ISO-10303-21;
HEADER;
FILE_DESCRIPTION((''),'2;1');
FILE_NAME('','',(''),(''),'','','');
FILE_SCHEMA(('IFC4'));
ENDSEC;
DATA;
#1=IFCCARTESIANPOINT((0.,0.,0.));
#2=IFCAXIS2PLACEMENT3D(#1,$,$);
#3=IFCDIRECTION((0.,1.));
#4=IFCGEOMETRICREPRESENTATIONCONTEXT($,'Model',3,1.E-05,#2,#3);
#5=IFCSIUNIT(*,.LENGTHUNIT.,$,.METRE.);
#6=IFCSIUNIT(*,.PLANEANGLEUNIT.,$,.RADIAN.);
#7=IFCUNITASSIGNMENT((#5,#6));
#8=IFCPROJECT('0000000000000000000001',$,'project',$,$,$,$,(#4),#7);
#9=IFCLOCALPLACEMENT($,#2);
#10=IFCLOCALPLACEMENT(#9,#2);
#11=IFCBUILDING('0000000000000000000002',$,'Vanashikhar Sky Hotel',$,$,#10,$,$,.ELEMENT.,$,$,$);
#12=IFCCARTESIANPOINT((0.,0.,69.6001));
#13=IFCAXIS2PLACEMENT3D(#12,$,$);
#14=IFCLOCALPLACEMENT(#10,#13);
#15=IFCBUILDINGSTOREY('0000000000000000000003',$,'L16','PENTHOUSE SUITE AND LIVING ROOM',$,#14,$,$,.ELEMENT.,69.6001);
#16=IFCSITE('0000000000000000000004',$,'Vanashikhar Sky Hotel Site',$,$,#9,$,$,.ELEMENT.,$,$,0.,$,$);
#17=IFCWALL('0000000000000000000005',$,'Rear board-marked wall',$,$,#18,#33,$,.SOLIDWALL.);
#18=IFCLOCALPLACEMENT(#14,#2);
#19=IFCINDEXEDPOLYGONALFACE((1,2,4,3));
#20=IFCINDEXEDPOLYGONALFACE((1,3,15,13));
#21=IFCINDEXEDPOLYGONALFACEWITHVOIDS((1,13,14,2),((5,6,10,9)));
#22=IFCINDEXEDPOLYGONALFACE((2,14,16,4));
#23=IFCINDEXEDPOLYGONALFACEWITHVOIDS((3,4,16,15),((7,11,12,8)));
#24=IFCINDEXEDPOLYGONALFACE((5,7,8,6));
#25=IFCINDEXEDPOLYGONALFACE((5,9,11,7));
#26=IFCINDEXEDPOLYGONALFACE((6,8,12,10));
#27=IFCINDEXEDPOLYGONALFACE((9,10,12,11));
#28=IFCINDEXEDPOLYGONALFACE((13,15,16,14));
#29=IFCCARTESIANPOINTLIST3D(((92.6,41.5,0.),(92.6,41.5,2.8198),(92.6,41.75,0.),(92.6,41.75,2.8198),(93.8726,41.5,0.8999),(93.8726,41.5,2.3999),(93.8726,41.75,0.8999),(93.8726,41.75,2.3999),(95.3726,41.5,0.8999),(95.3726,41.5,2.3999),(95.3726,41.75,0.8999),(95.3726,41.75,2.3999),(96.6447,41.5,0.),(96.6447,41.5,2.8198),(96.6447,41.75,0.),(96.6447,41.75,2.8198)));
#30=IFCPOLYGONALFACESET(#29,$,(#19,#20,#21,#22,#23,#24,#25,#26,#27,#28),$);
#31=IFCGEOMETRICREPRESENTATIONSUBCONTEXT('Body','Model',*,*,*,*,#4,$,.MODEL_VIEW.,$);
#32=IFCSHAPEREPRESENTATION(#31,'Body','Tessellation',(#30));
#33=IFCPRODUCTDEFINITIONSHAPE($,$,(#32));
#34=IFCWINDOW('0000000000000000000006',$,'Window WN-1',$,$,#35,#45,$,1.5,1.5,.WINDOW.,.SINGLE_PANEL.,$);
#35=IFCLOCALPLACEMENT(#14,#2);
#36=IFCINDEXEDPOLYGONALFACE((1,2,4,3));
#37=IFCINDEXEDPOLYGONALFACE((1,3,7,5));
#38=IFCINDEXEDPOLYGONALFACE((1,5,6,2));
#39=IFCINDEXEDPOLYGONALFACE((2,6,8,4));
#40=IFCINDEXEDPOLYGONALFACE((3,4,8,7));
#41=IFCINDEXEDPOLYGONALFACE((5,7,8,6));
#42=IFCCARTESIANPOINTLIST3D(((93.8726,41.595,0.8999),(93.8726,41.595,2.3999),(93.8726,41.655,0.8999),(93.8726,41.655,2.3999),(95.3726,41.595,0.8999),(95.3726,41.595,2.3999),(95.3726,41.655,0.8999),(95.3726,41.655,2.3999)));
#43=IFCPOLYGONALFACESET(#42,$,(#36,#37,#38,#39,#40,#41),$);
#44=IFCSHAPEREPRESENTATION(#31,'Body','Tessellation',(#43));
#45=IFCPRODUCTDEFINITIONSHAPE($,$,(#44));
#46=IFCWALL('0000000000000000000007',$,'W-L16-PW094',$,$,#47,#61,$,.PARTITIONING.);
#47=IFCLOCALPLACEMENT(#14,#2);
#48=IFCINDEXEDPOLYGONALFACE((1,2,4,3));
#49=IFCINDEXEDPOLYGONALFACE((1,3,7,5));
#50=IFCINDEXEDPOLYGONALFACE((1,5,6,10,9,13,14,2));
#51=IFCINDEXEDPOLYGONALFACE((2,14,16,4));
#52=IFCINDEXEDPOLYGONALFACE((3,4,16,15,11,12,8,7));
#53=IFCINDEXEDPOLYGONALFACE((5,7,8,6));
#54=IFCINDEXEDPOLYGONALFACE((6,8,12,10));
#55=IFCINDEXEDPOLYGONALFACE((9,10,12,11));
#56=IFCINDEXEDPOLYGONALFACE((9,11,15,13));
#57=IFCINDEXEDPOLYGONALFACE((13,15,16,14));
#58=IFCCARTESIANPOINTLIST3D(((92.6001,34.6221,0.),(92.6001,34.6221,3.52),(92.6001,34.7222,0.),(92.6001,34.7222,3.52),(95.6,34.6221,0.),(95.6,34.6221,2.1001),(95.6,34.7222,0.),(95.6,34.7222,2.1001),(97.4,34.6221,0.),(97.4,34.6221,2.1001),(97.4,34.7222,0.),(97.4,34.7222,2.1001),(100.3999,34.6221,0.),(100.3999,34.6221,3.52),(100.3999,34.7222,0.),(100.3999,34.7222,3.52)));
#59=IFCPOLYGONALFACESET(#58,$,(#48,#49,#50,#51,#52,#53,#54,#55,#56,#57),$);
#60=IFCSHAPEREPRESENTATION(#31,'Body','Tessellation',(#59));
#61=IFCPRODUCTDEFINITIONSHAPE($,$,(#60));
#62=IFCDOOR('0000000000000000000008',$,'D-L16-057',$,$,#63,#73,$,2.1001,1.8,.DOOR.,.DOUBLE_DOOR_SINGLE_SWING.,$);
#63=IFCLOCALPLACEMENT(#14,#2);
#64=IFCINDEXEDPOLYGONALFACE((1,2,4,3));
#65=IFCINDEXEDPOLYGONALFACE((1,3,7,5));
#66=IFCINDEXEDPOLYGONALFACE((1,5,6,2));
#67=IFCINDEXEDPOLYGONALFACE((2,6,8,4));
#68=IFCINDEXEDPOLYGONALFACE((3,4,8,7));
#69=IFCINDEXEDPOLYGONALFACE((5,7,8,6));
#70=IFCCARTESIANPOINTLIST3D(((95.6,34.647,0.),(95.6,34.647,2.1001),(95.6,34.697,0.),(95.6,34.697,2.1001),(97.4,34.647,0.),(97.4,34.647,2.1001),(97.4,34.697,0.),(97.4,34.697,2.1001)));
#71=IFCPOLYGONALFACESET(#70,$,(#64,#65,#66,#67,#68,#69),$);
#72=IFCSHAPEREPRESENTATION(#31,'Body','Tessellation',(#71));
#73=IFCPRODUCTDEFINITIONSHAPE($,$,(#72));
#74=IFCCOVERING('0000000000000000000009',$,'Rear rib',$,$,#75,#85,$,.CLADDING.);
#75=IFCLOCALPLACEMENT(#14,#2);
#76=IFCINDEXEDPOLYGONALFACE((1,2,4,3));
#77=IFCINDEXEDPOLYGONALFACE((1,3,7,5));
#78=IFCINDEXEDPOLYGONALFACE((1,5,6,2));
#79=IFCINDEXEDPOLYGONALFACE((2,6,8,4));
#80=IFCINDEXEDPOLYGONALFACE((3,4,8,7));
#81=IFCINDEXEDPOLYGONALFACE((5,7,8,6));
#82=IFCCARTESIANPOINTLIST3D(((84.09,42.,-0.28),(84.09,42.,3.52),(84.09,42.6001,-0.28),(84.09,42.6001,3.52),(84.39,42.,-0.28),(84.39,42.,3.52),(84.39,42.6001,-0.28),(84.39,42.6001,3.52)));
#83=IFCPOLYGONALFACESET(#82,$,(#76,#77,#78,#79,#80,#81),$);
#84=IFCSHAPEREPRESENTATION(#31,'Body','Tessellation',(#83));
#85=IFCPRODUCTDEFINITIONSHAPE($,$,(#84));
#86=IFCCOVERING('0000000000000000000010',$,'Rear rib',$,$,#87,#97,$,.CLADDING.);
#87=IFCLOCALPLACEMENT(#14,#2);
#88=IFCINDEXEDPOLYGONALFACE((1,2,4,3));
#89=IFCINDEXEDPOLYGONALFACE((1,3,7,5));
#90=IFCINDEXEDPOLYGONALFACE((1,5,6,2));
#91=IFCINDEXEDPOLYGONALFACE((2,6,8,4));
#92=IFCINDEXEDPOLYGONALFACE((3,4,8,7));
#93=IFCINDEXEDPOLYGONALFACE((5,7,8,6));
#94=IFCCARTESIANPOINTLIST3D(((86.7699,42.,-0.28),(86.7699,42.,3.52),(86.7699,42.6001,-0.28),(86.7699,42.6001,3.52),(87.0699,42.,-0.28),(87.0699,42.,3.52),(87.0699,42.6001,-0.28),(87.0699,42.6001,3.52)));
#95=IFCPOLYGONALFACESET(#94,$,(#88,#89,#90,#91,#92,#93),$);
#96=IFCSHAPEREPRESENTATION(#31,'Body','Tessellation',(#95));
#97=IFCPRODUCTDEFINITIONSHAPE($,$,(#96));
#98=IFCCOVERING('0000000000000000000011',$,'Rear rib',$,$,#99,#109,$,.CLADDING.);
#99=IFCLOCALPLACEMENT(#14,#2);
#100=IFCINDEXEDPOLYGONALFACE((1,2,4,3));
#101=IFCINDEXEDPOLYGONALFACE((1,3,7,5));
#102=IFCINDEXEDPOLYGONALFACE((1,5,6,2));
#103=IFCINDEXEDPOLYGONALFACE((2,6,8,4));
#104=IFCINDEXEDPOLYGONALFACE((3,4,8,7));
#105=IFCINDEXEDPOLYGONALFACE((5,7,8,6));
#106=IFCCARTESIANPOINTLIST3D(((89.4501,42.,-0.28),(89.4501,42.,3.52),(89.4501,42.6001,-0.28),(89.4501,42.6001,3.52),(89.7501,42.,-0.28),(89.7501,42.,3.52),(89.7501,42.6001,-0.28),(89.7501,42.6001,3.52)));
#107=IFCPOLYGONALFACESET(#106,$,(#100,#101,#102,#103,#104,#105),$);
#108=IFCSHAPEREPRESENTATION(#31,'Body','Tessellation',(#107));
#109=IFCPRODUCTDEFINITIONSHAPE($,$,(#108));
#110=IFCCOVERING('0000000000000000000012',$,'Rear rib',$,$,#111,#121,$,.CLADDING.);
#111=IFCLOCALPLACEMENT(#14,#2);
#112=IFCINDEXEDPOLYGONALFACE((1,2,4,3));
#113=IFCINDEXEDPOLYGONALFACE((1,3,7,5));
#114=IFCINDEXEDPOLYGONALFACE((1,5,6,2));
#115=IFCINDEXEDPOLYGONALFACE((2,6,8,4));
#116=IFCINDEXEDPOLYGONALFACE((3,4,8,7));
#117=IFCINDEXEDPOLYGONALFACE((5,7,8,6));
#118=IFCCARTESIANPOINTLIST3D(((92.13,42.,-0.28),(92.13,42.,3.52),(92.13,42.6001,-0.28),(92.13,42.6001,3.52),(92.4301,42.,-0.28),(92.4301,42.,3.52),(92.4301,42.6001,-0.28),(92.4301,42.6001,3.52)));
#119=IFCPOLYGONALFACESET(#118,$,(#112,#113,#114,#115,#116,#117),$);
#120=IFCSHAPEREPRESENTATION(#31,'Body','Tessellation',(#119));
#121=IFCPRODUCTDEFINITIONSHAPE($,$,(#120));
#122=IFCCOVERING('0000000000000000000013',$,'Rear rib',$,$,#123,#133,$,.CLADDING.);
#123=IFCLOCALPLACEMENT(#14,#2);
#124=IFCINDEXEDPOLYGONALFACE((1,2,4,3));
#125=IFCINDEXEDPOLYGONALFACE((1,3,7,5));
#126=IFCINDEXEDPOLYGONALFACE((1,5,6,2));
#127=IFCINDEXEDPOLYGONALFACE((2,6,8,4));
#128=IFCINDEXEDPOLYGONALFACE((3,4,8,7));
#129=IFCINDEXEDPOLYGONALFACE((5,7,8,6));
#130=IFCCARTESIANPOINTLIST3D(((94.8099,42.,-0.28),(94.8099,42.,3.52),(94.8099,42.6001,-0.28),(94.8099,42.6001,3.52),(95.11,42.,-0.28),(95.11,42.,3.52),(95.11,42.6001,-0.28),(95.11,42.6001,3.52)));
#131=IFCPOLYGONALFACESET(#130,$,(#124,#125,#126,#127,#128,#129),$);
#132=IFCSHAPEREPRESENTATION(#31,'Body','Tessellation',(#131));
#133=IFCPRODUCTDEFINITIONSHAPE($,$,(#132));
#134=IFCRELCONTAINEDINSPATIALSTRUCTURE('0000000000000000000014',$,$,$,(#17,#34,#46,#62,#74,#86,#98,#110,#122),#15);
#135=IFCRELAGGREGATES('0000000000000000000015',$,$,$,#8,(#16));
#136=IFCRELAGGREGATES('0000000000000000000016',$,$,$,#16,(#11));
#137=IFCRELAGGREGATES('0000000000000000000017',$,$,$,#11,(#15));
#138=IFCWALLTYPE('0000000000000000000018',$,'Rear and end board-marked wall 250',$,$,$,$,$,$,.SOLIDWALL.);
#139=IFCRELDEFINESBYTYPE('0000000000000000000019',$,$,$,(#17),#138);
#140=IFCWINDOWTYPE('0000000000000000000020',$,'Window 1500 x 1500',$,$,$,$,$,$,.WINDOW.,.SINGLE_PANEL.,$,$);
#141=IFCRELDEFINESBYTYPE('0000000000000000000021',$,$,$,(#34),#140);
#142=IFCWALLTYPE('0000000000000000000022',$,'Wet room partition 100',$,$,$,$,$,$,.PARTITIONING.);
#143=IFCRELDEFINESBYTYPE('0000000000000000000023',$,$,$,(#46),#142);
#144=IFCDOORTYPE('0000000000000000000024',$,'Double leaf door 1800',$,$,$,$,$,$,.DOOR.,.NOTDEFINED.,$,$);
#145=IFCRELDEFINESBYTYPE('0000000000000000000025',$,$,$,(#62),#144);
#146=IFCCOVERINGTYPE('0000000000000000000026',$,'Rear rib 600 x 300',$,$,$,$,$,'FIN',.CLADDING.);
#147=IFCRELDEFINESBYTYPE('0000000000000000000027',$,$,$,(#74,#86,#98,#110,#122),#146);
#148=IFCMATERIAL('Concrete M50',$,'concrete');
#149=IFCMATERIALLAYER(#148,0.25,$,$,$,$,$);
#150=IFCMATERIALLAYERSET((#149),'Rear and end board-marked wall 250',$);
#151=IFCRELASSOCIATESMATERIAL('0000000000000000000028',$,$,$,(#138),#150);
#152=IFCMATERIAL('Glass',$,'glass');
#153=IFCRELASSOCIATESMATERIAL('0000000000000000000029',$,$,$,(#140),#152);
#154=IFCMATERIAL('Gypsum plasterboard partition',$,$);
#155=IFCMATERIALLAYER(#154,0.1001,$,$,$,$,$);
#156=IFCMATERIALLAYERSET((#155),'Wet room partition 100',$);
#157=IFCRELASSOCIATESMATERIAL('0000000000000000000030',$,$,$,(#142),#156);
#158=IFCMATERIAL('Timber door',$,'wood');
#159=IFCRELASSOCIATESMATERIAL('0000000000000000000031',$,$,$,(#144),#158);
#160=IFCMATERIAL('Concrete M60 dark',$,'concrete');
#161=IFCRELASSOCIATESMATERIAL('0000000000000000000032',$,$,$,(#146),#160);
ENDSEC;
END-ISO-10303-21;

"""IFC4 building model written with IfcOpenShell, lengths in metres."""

from ifc_helpers import new_model, si_unit, direction, frame, frame_2d, origin, origin_2d, place, context, subcontext, project, spatial, rectangle, extrude, source, transform, mapped, material, layer, layer_set, material_profile, profile_set, type_object, element, fill, save


model = new_model("IFC4")

# Units and contexts
model_context = context("Model", 3, precision=1e-05, world=origin(), true_north=direction((0.0, 1.0)))
body_context = subcontext(model_context, "Body", "Model", "MODEL_VIEW")
ifc_project = project(units=[si_unit("LENGTHUNIT", "METRE"), si_unit("PLANEANGLEUNIT", "RADIAN")], contexts=[model_context])

# Site, building, storey
site_placement = place(None, origin())
site = spatial("IfcSite", under=ifc_project, at=site_placement, Name="Vanashikhar Sky Hotel Site", CompositionType="ELEMENT", RefElevation=0.0)
building_placement = place(site_placement, origin())
building = spatial("IfcBuilding", under=site, at=building_placement, Name="Vanashikhar Sky Hotel", CompositionType="ELEMENT")
storey_placement = place(building_placement, frame((0.0, 0.0, 69.6001)))
storey = spatial("IfcBuildingStorey", under=building, at=storey_placement, Name="L16", Description="PENTHOUSE SUITE AND LIVING ROOM", CompositionType="ELEMENT", Elevation=69.6001)

# Shared definitions
ifc_material_1 = material(Name="Concrete M50", Category="concrete")

# Wall, opening, window
ifc_material_2 = material(Name="Glass", Category="glass")
ifc_layer_1 = layer(ifc_material_1, 0.25)
ifc_layer_set_1 = layer_set([ifc_layer_1], Name="Rear and end board-marked wall 250")
wall_type_1 = type_object("IfcWallType", Name="Rear and end board-marked wall 250", PredefinedType="SOLIDWALL", material=ifc_layer_set_1)
shared_shape_1 = source(origin(), body_context, "Body", "SweptSolid", [
    extrude(rectangle(XDim=1.5, YDim=1.5, at=frame_2d((0.75, 0.75))), frame((0.0, 0.135, 0.0), z_axis=(0.0, -1.0, 0.0), x_axis=(1.0, 0.0, 0.0)), (0.0, 0.0, 1.0), 0.27),
])
window_type_1 = type_object("IfcWindowType", Name="Window 1500 x 1500", PartitioningType="SINGLE_PANEL", PredefinedType="WINDOW", material=ifc_material_2)
shared_shape_2 = source(origin(), body_context, "Body", "SweptSolid", [
    extrude(rectangle(XDim=1.5, YDim=1.5, at=frame_2d((0.75, 0.75))), frame((0.0, 0.03, 0.0), z_axis=(0.0, -1.0, 0.0), x_axis=(1.0, 0.0, 0.0)), (0.0, 0.0, 1.0), 0.0601),
])
shared_shape_3 = source(origin(), body_context, "Body", "SweptSolid", [
    extrude(rectangle(XDim=4.0447, YDim=0.25, at=frame_2d((2.0225, 0.0))), origin(), (0.0, 0.0, 1.0), 2.8198),
])
wall_1_placement = place(storey_placement, frame((96.6448, 41.625, 0.0), z_axis=(0.0, 0.0, 1.0), x_axis=(-1.0, 0.0, 0.0)))
wall_1 = element("IfcWall", 1, at=wall_1_placement, inside=storey, type_object=wall_type_1, Name="Rear board-marked wall", PredefinedType="SOLIDWALL", context=body_context, shape_type="MappedRepresentation", body=[
    mapped(shared_shape_3, transform((0.0, 0.0, 0.0), scale=1.0)),
])
opening_1_placement = place(wall_1_placement, frame((1.2722, 0.0, 0.8999)))
opening_1 = element("IfcOpeningElement", 2, at=opening_1_placement, cuts=wall_1, PredefinedType="OPENING", context=body_context, shape_type="MappedRepresentation", body=[
    mapped(shared_shape_1, transform((0.0, 0.0, 0.0), scale=1.0)),
])
window_1_placement = place(opening_1_placement, origin())
window_1 = element("IfcWindow", 3, at=window_1_placement, inside=storey, type_object=window_type_1, Name="Window WN-1", OverallHeight=1.5, OverallWidth=1.5, PartitioningType="SINGLE_PANEL", PredefinedType="WINDOW", context=body_context, shape_type="MappedRepresentation", body=[
    mapped(shared_shape_2, transform((0.0, 0.0, 0.0), scale=1.0)),
])
fill(opening_1, window_1)

# Wall, opening, door
ifc_material_3 = material(Name="Gypsum plasterboard partition")
ifc_layer_2 = layer(ifc_material_3, 0.1001)
ifc_layer_set_2 = layer_set([ifc_layer_2], Name="Wet room partition 100")
wall_type_2 = type_object("IfcWallType", Name="Wet room partition 100", PredefinedType="PARTITIONING", material=ifc_layer_set_2)
shared_shape_4 = source(origin(), body_context, "Body", "SweptSolid", [
    extrude(rectangle(XDim=7.7998, YDim=0.1001, at=frame_2d((3.8999, 0.0))), origin(), (0.0, 0.0, 1.0), 3.52),
])
wall_2_placement = place(storey_placement, frame((92.6001, 34.6721, 0.0), z_axis=(0.0, 0.0, 1.0), x_axis=(1.0, 0.0, 0.0)))
wall_2 = element("IfcWall", 4, at=wall_2_placement, inside=storey, type_object=wall_type_2, Name="W-L16-PW094", PredefinedType="PARTITIONING", context=body_context, shape_type="MappedRepresentation", body=[
    mapped(shared_shape_4, transform((0.0, 0.0, 0.0), scale=1.0)),
])
shared_shape_5 = source(origin(), body_context, "Body", "SweptSolid", [
    extrude(rectangle(XDim=1.8, YDim=2.1001, at=frame_2d((0.8999, 1.05))), frame((0.0, 0.0601, 0.0), z_axis=(0.0, -1.0, 0.0), x_axis=(1.0, 0.0, 0.0)), (0.0, 0.0, 1.0), 0.1201),
])
opening_2_placement = place(wall_2_placement, frame((3.0, 0.0, 0.0)))
opening_2 = element("IfcOpeningElement", 5, at=opening_2_placement, cuts=wall_2, PredefinedType="OPENING", context=body_context, shape_type="MappedRepresentation", body=[
    mapped(shared_shape_5, transform((0.0, 0.0, 0.0), scale=1.0)),
])
ifc_material_4 = material(Name="Timber door", Category="wood")
door_type = type_object("IfcDoorType", Name="Double leaf door 1800", OperationType="NOTDEFINED", PredefinedType="DOOR", material=ifc_material_4)
shared_shape_6 = source(origin(), body_context, "Body", "SweptSolid", [
    extrude(rectangle(XDim=1.8, YDim=2.1001, at=frame_2d((0.8999, 1.05))), frame((0.0, 0.0249, 0.0), z_axis=(0.0, -1.0, 0.0), x_axis=(1.0, 0.0, 0.0)), (0.0, 0.0, 1.0), 0.05),
])
door_placement = place(opening_2_placement, origin())
door = element("IfcDoor", 6, at=door_placement, inside=storey, type_object=door_type, Name="D-L16-057", OperationType="DOUBLE_DOOR_SINGLE_SWING", OverallHeight=2.1001, OverallWidth=1.8, PredefinedType="DOOR", context=body_context, shape_type="MappedRepresentation", body=[
    mapped(shared_shape_6, transform((0.0, 0.0, 0.0), scale=1.0)),
])
fill(opening_2, door)

# Coverings
ifc_material_5 = material(Name="Concrete M60 dark", Category="concrete")
ifc_material_profile_1 = material_profile(ifc_material_5, rectangle(XDim=0.6001, YDim=0.3, at=origin_2d()))
ifc_profile_set_1 = profile_set([ifc_material_profile_1], Name="Rear rib 600 x 300")
covering_type = type_object("IfcCoveringType", Name="Rear rib 600 x 300", ElementType="FIN", PredefinedType="CLADDING", material=ifc_profile_set_1)
shared_shape_7 = source(origin(), body_context, "Body", "SweptSolid", [
    extrude(rectangle(XDim=0.6001, YDim=0.3, at=origin_2d()), origin(), (0.0, 0.0, 1.0), 3.8),
])
for number, where, z_axis, x_axis, name in (
    (7, (84.24, 42.3, -0.28), (0.0, 0.0, 1.0), (0.0, 1.0, 0.0), "Rear rib"),
    (8, (86.9199, 42.3, -0.28), (0.0, 0.0, 1.0), (0.0, 1.0, 0.0), "Rear rib"),
    (9, (89.6001, 42.3, -0.28), (0.0, 0.0, 1.0), (0.0, 1.0, 0.0), "Rear rib"),
    (10, (92.28, 42.3, -0.28), (0.0, 0.0, 1.0), (0.0, 1.0, 0.0), "Rear rib"),
    (11, (94.96, 42.3, -0.28), (0.0, 0.0, 1.0), (0.0, 1.0, 0.0), "Rear rib"),
):
    element("IfcCovering", number, at=place(storey_placement, frame(where, z_axis=z_axis, x_axis=x_axis)), inside=storey, type_object=covering_type, Name=name, PredefinedType="CLADDING", context=body_context, shape_type="MappedRepresentation", body=[
        mapped(shared_shape_7, transform((0.0, 0.0, 0.0), scale=1.0)),
    ])

save(model, "model.ifc")
